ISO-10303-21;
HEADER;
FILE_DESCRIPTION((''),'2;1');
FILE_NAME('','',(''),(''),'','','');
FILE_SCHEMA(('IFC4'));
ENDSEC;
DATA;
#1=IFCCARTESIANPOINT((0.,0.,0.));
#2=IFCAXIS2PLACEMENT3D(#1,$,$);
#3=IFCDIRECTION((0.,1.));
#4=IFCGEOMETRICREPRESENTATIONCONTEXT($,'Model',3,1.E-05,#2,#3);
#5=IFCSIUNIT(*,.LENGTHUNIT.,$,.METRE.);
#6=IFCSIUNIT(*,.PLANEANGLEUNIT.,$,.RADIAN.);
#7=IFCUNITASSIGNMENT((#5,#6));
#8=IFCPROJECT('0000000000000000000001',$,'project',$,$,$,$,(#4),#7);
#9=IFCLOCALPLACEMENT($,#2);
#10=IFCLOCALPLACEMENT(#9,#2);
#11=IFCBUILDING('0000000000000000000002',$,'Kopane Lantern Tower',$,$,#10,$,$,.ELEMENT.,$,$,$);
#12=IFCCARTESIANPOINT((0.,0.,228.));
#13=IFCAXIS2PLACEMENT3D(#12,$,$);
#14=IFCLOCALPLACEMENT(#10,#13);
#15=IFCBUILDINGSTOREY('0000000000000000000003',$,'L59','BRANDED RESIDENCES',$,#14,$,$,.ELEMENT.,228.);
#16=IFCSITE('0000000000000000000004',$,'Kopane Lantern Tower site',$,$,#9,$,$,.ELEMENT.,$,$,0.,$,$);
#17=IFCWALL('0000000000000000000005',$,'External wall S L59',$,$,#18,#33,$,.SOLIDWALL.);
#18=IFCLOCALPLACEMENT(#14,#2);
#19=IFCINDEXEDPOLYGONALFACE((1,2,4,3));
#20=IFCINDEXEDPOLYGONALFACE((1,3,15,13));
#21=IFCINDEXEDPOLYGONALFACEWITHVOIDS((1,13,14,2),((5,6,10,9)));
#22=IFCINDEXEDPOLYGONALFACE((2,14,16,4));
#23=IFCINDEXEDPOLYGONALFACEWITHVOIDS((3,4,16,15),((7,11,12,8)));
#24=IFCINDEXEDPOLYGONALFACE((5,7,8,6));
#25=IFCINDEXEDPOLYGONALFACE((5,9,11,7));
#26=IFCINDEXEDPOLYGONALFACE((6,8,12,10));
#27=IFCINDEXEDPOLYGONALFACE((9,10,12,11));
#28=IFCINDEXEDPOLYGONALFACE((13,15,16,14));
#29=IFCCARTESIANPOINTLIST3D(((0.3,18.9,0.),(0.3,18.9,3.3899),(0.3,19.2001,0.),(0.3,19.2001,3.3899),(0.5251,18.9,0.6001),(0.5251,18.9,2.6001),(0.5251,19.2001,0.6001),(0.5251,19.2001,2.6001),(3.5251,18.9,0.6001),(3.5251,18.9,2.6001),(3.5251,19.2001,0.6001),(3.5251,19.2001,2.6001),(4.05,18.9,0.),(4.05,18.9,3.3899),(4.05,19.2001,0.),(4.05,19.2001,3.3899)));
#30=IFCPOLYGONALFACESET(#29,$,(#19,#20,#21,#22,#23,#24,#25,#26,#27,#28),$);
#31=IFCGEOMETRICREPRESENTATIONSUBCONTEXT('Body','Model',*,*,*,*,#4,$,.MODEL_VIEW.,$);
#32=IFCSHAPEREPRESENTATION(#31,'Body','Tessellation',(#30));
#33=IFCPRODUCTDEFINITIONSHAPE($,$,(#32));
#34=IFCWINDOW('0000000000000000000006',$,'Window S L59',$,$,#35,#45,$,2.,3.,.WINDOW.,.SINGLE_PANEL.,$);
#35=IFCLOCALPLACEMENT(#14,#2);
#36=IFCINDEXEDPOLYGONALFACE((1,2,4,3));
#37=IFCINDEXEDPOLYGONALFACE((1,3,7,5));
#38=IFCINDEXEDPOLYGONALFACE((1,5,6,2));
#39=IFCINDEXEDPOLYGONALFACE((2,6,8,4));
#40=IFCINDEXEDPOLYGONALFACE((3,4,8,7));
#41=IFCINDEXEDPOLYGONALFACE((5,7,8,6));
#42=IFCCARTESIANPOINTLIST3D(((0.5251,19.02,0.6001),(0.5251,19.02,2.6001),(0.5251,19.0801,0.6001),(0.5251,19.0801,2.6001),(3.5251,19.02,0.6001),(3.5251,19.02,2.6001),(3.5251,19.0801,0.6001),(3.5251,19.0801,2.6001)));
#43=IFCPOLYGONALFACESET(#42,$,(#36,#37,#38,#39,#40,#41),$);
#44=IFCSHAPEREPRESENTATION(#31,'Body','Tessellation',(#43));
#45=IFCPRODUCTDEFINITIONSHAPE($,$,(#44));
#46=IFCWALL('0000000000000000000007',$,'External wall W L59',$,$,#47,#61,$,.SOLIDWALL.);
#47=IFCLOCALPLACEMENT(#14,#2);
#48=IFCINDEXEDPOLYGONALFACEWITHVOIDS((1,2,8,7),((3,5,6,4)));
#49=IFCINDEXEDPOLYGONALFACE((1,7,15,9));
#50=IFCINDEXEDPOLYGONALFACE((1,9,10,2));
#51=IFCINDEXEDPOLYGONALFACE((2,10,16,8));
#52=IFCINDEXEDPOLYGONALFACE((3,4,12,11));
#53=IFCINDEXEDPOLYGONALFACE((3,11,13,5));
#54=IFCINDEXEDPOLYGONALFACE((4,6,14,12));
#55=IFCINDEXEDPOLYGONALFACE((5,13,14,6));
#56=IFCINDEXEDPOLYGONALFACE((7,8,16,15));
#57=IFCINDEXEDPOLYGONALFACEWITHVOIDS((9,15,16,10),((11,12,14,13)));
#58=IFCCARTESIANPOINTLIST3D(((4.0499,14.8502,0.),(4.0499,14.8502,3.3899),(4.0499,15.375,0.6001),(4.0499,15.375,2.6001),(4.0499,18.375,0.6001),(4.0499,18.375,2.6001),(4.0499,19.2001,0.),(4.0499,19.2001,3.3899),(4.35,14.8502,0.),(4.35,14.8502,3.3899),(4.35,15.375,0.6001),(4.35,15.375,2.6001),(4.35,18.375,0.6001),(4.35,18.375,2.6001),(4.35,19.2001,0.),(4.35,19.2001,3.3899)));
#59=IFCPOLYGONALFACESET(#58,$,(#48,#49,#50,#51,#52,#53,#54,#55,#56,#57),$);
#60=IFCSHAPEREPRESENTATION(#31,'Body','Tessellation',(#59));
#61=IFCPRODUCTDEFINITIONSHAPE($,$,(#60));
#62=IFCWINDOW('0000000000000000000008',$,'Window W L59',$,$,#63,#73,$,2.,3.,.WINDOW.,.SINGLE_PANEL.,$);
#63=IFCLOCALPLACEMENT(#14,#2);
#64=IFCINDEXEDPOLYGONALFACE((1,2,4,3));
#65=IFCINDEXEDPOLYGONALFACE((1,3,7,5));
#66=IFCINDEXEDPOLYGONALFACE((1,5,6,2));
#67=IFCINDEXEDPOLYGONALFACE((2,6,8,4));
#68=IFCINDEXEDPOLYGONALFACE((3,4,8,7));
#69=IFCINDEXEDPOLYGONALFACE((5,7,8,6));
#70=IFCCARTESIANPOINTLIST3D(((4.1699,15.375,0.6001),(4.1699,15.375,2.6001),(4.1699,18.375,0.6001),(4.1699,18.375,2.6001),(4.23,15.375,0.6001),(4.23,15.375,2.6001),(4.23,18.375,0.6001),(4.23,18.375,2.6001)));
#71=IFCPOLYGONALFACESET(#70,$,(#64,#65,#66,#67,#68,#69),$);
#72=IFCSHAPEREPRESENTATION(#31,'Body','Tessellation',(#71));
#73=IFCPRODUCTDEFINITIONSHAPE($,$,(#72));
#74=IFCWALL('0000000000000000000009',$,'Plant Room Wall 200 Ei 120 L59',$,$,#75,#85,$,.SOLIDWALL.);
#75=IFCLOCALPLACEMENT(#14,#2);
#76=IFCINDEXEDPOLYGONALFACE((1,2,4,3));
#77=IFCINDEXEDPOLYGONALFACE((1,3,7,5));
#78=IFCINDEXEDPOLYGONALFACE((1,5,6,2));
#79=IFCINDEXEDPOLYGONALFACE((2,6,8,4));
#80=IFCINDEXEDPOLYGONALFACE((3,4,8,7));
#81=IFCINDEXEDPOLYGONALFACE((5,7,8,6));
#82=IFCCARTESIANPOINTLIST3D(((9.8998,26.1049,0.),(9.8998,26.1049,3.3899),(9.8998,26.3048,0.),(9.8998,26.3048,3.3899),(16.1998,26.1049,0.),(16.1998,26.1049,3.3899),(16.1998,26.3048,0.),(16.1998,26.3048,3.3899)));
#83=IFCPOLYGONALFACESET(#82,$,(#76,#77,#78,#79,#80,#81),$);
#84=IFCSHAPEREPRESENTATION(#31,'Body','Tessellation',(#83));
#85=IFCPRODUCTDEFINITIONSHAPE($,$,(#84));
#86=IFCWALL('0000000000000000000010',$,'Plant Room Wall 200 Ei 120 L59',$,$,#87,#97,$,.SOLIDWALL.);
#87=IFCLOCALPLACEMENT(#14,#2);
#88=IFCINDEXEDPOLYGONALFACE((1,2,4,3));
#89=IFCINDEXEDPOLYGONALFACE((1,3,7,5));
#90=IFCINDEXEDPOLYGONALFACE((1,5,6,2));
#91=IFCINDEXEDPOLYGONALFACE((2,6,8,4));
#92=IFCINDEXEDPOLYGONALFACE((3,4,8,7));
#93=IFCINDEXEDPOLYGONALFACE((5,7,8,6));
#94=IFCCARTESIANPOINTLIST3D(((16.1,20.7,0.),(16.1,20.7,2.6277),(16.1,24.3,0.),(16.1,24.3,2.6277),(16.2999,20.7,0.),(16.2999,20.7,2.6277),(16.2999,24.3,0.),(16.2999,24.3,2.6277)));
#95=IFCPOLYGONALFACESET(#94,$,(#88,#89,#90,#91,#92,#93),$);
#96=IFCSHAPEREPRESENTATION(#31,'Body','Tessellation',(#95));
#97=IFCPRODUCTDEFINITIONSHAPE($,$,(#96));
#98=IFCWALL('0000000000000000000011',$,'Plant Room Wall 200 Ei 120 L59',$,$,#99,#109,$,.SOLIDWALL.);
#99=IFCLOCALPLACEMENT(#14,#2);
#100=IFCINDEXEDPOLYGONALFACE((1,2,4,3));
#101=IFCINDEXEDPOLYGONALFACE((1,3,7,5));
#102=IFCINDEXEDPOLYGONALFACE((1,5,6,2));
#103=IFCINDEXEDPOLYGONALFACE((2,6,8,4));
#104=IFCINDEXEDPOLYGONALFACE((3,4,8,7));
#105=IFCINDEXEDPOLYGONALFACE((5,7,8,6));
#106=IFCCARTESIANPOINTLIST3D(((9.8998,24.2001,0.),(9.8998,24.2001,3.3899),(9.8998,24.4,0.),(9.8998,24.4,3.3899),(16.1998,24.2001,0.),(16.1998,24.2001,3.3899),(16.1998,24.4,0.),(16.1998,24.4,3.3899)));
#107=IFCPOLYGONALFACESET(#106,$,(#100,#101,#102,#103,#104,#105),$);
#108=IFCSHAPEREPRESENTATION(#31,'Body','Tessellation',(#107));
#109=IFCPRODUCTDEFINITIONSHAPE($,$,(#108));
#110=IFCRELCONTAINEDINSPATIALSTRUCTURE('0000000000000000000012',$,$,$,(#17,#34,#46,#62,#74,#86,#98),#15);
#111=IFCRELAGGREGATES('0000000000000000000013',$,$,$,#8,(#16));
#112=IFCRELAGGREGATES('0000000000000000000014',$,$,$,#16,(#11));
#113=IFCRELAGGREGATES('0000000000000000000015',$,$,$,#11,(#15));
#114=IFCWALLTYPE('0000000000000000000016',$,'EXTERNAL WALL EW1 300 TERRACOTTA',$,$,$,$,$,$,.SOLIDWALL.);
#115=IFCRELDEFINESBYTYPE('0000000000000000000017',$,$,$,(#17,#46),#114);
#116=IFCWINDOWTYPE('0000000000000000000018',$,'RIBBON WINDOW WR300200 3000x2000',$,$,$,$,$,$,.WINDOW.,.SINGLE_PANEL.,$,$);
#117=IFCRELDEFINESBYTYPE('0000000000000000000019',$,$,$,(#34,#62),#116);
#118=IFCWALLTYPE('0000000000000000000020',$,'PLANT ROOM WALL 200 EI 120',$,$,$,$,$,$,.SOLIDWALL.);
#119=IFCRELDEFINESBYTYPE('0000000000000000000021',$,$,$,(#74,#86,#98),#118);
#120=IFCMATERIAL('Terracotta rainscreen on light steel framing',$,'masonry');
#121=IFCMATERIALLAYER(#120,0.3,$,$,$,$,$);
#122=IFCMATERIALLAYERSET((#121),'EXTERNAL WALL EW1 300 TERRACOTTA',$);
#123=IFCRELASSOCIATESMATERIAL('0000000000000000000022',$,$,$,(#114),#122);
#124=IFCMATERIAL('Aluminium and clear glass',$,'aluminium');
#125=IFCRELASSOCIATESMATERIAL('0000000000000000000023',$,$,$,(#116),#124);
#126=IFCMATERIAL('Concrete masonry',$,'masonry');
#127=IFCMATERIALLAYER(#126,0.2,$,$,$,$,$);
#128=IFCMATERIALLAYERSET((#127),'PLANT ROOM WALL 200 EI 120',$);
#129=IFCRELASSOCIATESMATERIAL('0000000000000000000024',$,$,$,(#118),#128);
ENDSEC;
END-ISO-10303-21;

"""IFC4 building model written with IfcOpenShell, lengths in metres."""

from ifc_helpers import new_model, si_unit, direction, frame, frame_2d, origin, place, context, subcontext, project, spatial, rectangle, extrude, material, layer, layer_set, type_object, element, fill, save


model = new_model("IFC4")

# Units and contexts
model_context = context("Model", 3, precision=1e-05, world=origin(), true_north=direction((0.0, 1.0)))
body_context = subcontext(model_context, "Body", "Model", "MODEL_VIEW")
ifc_project = project(units=[si_unit("LENGTHUNIT", "METRE"), si_unit("PLANEANGLEUNIT", "RADIAN")], contexts=[model_context])

# Site, building, storey
site_placement = place(None, origin())
site = spatial("IfcSite", under=ifc_project, at=site_placement, Name="Kopane Lantern Tower site", CompositionType="ELEMENT", RefElevation=0.0)
building_placement = place(site_placement, origin())
building = spatial("IfcBuilding", under=site, at=building_placement, Name="Kopane Lantern Tower", CompositionType="ELEMENT")
storey_placement = place(building_placement, frame((0.0, 0.0, 228.0)))
storey = spatial("IfcBuildingStorey", under=building, at=storey_placement, Name="L59", Description="BRANDED RESIDENCES", CompositionType="ELEMENT", Elevation=228.0)

# Walls, openings, windows
ifc_material_1 = material(Name="Terracotta rainscreen on light steel framing", Category="masonry")
ifc_layer_1 = layer(ifc_material_1, 0.3)
ifc_layer_set_1 = layer_set([ifc_layer_1], Name="EXTERNAL WALL EW1 300 TERRACOTTA")
wall_type_1 = type_object("IfcWallType", Name="EXTERNAL WALL EW1 300 TERRACOTTA", PredefinedType="SOLIDWALL", material=ifc_layer_set_1)
wall_1_placement = place(storey_placement, frame((0.3, 19.05, 0.0), z_axis=(0.0, 0.0, 1.0), x_axis=(1.0, 0.0, 0.0)))
wall_1 = element("IfcWall", 1, at=wall_1_placement, inside=storey, type_object=wall_type_1, Name="External wall S L59", PredefinedType="SOLIDWALL", context=body_context, shape_type="SweptSolid", body=[
    extrude(rectangle(XDim=3.75, YDim=0.3, at=frame_2d((1.875, 0.0))), origin(), (0.0, 0.0, 1.0), 3.3899),
])
opening_1_placement = place(wall_1_placement, frame((0.2251, 0.0, 0.6001)))
opening_1 = element("IfcOpeningElement", 2, at=opening_1_placement, cuts=wall_1, PredefinedType="OPENING", context=body_context, shape_type="SweptSolid", body=[
    extrude(rectangle(XDim=3.0, YDim=2.0, at=frame_2d((1.5, 1.0))), frame((0.0, 0.1599, 0.0), z_axis=(0.0, -1.0, 0.0), x_axis=(1.0, 0.0, 0.0)), (0.0, 0.0, 1.0), 0.3201),
])
ifc_material_2 = material(Name="Aluminium and clear glass", Category="aluminium")
window_type = type_object("IfcWindowType", Name="RIBBON WINDOW WR300200 3000x2000", PartitioningType="SINGLE_PANEL", PredefinedType="WINDOW", material=ifc_material_2)
window_1_placement = place(opening_1_placement, origin())
window_1 = element("IfcWindow", 3, at=window_1_placement, inside=storey, type_object=window_type, Name="Window S L59", OverallHeight=2.0, OverallWidth=3.0, PartitioningType="SINGLE_PANEL", PredefinedType="WINDOW", context=body_context, shape_type="SweptSolid", body=[
    extrude(rectangle(XDim=3.0, YDim=2.0, at=frame_2d((1.5, 1.0))), frame((0.0, 0.03, 0.0), z_axis=(0.0, -1.0, 0.0), x_axis=(1.0, 0.0, 0.0)), (0.0, 0.0, 1.0), 0.0601),
])
fill(opening_1, window_1)
wall_2_placement = place(storey_placement, frame((4.2, 19.2, 0.0), z_axis=(0.0, 0.0, 1.0), x_axis=(0.0, -1.0, 0.0)))
wall_2 = element("IfcWall", 4, at=wall_2_placement, inside=storey, type_object=wall_type_1, Name="External wall W L59", PredefinedType="SOLIDWALL", context=body_context, shape_type="SweptSolid", body=[
    extrude(rectangle(XDim=4.3499, YDim=0.3, at=frame_2d((2.1748, 0.0))), origin(), (0.0, 0.0, 1.0), 3.3899),
])
opening_2_placement = place(wall_2_placement, frame((0.825, 0.0, 0.6001)))
opening_2 = element("IfcOpeningElement", 5, at=opening_2_placement, cuts=wall_2, PredefinedType="OPENING", context=body_context, shape_type="SweptSolid", body=[
    extrude(rectangle(XDim=3.0, YDim=2.0, at=frame_2d((1.5, 1.0))), frame((0.0, 0.1599, 0.0), z_axis=(0.0, -1.0, 0.0), x_axis=(1.0, 0.0, 0.0)), (0.0, 0.0, 1.0), 0.3201),
])
window_2_placement = place(opening_2_placement, origin())
window_2 = element("IfcWindow", 6, at=window_2_placement, inside=storey, type_object=window_type, Name="Window W L59", OverallHeight=2.0, OverallWidth=3.0, PartitioningType="SINGLE_PANEL", PredefinedType="WINDOW", context=body_context, shape_type="SweptSolid", body=[
    extrude(rectangle(XDim=3.0, YDim=2.0, at=frame_2d((1.5, 1.0))), frame((0.0, 0.03, 0.0), z_axis=(0.0, -1.0, 0.0), x_axis=(1.0, 0.0, 0.0)), (0.0, 0.0, 1.0), 0.0601),
])
fill(opening_2, window_2)

# Walls
ifc_material_3 = material(Name="Concrete masonry", Category="masonry")
ifc_layer_2 = layer(ifc_material_3, 0.2)
ifc_layer_set_2 = layer_set([ifc_layer_2], Name="PLANT ROOM WALL 200 EI 120")
wall_type_2 = type_object("IfcWallType", Name="PLANT ROOM WALL 200 EI 120", PredefinedType="SOLIDWALL", material=ifc_layer_set_2)
wall_3_placement = place(storey_placement, frame((9.8999, 26.2048, 0.0), z_axis=(0.0, 0.0, 1.0), x_axis=(1.0, 0.0, 0.0)))
element("IfcWall", 7, at=wall_3_placement, inside=storey, type_object=wall_type_2, Name="Plant Room Wall 200 Ei 120 L59", PredefinedType="SOLIDWALL", context=body_context, shape_type="SweptSolid", body=[
    extrude(rectangle(XDim=6.3, YDim=0.2, at=frame_2d((3.1499, 0.0))), origin(), (0.0, 0.0, 1.0), 3.3899),
])
wall_4_placement = place(storey_placement, frame((16.2, 20.7, 0.0), z_axis=(0.0, 0.0, 1.0), x_axis=(0.0, 1.0, 0.0)))
element("IfcWall", 8, at=wall_4_placement, inside=storey, type_object=wall_type_2, Name="Plant Room Wall 200 Ei 120 L59", PredefinedType="SOLIDWALL", context=body_context, shape_type="SweptSolid", body=[
    extrude(rectangle(XDim=3.6001, YDim=0.2, at=frame_2d((1.8, 0.0))), origin(), (0.0, 0.0, 1.0), 2.6277),
])
wall_5_placement = place(storey_placement, frame((9.8999, 24.3, 0.0), z_axis=(0.0, 0.0, 1.0), x_axis=(1.0, 0.0, 0.0)))
element("IfcWall", 9, at=wall_5_placement, inside=storey, type_object=wall_type_2, Name="Plant Room Wall 200 Ei 120 L59", PredefinedType="SOLIDWALL", context=body_context, shape_type="SweptSolid", body=[
    extrude(rectangle(XDim=6.3, YDim=0.2, at=frame_2d((3.1499, 0.0))), origin(), (0.0, 0.0, 1.0), 3.3899),
])

save(model, "model.ifc")
